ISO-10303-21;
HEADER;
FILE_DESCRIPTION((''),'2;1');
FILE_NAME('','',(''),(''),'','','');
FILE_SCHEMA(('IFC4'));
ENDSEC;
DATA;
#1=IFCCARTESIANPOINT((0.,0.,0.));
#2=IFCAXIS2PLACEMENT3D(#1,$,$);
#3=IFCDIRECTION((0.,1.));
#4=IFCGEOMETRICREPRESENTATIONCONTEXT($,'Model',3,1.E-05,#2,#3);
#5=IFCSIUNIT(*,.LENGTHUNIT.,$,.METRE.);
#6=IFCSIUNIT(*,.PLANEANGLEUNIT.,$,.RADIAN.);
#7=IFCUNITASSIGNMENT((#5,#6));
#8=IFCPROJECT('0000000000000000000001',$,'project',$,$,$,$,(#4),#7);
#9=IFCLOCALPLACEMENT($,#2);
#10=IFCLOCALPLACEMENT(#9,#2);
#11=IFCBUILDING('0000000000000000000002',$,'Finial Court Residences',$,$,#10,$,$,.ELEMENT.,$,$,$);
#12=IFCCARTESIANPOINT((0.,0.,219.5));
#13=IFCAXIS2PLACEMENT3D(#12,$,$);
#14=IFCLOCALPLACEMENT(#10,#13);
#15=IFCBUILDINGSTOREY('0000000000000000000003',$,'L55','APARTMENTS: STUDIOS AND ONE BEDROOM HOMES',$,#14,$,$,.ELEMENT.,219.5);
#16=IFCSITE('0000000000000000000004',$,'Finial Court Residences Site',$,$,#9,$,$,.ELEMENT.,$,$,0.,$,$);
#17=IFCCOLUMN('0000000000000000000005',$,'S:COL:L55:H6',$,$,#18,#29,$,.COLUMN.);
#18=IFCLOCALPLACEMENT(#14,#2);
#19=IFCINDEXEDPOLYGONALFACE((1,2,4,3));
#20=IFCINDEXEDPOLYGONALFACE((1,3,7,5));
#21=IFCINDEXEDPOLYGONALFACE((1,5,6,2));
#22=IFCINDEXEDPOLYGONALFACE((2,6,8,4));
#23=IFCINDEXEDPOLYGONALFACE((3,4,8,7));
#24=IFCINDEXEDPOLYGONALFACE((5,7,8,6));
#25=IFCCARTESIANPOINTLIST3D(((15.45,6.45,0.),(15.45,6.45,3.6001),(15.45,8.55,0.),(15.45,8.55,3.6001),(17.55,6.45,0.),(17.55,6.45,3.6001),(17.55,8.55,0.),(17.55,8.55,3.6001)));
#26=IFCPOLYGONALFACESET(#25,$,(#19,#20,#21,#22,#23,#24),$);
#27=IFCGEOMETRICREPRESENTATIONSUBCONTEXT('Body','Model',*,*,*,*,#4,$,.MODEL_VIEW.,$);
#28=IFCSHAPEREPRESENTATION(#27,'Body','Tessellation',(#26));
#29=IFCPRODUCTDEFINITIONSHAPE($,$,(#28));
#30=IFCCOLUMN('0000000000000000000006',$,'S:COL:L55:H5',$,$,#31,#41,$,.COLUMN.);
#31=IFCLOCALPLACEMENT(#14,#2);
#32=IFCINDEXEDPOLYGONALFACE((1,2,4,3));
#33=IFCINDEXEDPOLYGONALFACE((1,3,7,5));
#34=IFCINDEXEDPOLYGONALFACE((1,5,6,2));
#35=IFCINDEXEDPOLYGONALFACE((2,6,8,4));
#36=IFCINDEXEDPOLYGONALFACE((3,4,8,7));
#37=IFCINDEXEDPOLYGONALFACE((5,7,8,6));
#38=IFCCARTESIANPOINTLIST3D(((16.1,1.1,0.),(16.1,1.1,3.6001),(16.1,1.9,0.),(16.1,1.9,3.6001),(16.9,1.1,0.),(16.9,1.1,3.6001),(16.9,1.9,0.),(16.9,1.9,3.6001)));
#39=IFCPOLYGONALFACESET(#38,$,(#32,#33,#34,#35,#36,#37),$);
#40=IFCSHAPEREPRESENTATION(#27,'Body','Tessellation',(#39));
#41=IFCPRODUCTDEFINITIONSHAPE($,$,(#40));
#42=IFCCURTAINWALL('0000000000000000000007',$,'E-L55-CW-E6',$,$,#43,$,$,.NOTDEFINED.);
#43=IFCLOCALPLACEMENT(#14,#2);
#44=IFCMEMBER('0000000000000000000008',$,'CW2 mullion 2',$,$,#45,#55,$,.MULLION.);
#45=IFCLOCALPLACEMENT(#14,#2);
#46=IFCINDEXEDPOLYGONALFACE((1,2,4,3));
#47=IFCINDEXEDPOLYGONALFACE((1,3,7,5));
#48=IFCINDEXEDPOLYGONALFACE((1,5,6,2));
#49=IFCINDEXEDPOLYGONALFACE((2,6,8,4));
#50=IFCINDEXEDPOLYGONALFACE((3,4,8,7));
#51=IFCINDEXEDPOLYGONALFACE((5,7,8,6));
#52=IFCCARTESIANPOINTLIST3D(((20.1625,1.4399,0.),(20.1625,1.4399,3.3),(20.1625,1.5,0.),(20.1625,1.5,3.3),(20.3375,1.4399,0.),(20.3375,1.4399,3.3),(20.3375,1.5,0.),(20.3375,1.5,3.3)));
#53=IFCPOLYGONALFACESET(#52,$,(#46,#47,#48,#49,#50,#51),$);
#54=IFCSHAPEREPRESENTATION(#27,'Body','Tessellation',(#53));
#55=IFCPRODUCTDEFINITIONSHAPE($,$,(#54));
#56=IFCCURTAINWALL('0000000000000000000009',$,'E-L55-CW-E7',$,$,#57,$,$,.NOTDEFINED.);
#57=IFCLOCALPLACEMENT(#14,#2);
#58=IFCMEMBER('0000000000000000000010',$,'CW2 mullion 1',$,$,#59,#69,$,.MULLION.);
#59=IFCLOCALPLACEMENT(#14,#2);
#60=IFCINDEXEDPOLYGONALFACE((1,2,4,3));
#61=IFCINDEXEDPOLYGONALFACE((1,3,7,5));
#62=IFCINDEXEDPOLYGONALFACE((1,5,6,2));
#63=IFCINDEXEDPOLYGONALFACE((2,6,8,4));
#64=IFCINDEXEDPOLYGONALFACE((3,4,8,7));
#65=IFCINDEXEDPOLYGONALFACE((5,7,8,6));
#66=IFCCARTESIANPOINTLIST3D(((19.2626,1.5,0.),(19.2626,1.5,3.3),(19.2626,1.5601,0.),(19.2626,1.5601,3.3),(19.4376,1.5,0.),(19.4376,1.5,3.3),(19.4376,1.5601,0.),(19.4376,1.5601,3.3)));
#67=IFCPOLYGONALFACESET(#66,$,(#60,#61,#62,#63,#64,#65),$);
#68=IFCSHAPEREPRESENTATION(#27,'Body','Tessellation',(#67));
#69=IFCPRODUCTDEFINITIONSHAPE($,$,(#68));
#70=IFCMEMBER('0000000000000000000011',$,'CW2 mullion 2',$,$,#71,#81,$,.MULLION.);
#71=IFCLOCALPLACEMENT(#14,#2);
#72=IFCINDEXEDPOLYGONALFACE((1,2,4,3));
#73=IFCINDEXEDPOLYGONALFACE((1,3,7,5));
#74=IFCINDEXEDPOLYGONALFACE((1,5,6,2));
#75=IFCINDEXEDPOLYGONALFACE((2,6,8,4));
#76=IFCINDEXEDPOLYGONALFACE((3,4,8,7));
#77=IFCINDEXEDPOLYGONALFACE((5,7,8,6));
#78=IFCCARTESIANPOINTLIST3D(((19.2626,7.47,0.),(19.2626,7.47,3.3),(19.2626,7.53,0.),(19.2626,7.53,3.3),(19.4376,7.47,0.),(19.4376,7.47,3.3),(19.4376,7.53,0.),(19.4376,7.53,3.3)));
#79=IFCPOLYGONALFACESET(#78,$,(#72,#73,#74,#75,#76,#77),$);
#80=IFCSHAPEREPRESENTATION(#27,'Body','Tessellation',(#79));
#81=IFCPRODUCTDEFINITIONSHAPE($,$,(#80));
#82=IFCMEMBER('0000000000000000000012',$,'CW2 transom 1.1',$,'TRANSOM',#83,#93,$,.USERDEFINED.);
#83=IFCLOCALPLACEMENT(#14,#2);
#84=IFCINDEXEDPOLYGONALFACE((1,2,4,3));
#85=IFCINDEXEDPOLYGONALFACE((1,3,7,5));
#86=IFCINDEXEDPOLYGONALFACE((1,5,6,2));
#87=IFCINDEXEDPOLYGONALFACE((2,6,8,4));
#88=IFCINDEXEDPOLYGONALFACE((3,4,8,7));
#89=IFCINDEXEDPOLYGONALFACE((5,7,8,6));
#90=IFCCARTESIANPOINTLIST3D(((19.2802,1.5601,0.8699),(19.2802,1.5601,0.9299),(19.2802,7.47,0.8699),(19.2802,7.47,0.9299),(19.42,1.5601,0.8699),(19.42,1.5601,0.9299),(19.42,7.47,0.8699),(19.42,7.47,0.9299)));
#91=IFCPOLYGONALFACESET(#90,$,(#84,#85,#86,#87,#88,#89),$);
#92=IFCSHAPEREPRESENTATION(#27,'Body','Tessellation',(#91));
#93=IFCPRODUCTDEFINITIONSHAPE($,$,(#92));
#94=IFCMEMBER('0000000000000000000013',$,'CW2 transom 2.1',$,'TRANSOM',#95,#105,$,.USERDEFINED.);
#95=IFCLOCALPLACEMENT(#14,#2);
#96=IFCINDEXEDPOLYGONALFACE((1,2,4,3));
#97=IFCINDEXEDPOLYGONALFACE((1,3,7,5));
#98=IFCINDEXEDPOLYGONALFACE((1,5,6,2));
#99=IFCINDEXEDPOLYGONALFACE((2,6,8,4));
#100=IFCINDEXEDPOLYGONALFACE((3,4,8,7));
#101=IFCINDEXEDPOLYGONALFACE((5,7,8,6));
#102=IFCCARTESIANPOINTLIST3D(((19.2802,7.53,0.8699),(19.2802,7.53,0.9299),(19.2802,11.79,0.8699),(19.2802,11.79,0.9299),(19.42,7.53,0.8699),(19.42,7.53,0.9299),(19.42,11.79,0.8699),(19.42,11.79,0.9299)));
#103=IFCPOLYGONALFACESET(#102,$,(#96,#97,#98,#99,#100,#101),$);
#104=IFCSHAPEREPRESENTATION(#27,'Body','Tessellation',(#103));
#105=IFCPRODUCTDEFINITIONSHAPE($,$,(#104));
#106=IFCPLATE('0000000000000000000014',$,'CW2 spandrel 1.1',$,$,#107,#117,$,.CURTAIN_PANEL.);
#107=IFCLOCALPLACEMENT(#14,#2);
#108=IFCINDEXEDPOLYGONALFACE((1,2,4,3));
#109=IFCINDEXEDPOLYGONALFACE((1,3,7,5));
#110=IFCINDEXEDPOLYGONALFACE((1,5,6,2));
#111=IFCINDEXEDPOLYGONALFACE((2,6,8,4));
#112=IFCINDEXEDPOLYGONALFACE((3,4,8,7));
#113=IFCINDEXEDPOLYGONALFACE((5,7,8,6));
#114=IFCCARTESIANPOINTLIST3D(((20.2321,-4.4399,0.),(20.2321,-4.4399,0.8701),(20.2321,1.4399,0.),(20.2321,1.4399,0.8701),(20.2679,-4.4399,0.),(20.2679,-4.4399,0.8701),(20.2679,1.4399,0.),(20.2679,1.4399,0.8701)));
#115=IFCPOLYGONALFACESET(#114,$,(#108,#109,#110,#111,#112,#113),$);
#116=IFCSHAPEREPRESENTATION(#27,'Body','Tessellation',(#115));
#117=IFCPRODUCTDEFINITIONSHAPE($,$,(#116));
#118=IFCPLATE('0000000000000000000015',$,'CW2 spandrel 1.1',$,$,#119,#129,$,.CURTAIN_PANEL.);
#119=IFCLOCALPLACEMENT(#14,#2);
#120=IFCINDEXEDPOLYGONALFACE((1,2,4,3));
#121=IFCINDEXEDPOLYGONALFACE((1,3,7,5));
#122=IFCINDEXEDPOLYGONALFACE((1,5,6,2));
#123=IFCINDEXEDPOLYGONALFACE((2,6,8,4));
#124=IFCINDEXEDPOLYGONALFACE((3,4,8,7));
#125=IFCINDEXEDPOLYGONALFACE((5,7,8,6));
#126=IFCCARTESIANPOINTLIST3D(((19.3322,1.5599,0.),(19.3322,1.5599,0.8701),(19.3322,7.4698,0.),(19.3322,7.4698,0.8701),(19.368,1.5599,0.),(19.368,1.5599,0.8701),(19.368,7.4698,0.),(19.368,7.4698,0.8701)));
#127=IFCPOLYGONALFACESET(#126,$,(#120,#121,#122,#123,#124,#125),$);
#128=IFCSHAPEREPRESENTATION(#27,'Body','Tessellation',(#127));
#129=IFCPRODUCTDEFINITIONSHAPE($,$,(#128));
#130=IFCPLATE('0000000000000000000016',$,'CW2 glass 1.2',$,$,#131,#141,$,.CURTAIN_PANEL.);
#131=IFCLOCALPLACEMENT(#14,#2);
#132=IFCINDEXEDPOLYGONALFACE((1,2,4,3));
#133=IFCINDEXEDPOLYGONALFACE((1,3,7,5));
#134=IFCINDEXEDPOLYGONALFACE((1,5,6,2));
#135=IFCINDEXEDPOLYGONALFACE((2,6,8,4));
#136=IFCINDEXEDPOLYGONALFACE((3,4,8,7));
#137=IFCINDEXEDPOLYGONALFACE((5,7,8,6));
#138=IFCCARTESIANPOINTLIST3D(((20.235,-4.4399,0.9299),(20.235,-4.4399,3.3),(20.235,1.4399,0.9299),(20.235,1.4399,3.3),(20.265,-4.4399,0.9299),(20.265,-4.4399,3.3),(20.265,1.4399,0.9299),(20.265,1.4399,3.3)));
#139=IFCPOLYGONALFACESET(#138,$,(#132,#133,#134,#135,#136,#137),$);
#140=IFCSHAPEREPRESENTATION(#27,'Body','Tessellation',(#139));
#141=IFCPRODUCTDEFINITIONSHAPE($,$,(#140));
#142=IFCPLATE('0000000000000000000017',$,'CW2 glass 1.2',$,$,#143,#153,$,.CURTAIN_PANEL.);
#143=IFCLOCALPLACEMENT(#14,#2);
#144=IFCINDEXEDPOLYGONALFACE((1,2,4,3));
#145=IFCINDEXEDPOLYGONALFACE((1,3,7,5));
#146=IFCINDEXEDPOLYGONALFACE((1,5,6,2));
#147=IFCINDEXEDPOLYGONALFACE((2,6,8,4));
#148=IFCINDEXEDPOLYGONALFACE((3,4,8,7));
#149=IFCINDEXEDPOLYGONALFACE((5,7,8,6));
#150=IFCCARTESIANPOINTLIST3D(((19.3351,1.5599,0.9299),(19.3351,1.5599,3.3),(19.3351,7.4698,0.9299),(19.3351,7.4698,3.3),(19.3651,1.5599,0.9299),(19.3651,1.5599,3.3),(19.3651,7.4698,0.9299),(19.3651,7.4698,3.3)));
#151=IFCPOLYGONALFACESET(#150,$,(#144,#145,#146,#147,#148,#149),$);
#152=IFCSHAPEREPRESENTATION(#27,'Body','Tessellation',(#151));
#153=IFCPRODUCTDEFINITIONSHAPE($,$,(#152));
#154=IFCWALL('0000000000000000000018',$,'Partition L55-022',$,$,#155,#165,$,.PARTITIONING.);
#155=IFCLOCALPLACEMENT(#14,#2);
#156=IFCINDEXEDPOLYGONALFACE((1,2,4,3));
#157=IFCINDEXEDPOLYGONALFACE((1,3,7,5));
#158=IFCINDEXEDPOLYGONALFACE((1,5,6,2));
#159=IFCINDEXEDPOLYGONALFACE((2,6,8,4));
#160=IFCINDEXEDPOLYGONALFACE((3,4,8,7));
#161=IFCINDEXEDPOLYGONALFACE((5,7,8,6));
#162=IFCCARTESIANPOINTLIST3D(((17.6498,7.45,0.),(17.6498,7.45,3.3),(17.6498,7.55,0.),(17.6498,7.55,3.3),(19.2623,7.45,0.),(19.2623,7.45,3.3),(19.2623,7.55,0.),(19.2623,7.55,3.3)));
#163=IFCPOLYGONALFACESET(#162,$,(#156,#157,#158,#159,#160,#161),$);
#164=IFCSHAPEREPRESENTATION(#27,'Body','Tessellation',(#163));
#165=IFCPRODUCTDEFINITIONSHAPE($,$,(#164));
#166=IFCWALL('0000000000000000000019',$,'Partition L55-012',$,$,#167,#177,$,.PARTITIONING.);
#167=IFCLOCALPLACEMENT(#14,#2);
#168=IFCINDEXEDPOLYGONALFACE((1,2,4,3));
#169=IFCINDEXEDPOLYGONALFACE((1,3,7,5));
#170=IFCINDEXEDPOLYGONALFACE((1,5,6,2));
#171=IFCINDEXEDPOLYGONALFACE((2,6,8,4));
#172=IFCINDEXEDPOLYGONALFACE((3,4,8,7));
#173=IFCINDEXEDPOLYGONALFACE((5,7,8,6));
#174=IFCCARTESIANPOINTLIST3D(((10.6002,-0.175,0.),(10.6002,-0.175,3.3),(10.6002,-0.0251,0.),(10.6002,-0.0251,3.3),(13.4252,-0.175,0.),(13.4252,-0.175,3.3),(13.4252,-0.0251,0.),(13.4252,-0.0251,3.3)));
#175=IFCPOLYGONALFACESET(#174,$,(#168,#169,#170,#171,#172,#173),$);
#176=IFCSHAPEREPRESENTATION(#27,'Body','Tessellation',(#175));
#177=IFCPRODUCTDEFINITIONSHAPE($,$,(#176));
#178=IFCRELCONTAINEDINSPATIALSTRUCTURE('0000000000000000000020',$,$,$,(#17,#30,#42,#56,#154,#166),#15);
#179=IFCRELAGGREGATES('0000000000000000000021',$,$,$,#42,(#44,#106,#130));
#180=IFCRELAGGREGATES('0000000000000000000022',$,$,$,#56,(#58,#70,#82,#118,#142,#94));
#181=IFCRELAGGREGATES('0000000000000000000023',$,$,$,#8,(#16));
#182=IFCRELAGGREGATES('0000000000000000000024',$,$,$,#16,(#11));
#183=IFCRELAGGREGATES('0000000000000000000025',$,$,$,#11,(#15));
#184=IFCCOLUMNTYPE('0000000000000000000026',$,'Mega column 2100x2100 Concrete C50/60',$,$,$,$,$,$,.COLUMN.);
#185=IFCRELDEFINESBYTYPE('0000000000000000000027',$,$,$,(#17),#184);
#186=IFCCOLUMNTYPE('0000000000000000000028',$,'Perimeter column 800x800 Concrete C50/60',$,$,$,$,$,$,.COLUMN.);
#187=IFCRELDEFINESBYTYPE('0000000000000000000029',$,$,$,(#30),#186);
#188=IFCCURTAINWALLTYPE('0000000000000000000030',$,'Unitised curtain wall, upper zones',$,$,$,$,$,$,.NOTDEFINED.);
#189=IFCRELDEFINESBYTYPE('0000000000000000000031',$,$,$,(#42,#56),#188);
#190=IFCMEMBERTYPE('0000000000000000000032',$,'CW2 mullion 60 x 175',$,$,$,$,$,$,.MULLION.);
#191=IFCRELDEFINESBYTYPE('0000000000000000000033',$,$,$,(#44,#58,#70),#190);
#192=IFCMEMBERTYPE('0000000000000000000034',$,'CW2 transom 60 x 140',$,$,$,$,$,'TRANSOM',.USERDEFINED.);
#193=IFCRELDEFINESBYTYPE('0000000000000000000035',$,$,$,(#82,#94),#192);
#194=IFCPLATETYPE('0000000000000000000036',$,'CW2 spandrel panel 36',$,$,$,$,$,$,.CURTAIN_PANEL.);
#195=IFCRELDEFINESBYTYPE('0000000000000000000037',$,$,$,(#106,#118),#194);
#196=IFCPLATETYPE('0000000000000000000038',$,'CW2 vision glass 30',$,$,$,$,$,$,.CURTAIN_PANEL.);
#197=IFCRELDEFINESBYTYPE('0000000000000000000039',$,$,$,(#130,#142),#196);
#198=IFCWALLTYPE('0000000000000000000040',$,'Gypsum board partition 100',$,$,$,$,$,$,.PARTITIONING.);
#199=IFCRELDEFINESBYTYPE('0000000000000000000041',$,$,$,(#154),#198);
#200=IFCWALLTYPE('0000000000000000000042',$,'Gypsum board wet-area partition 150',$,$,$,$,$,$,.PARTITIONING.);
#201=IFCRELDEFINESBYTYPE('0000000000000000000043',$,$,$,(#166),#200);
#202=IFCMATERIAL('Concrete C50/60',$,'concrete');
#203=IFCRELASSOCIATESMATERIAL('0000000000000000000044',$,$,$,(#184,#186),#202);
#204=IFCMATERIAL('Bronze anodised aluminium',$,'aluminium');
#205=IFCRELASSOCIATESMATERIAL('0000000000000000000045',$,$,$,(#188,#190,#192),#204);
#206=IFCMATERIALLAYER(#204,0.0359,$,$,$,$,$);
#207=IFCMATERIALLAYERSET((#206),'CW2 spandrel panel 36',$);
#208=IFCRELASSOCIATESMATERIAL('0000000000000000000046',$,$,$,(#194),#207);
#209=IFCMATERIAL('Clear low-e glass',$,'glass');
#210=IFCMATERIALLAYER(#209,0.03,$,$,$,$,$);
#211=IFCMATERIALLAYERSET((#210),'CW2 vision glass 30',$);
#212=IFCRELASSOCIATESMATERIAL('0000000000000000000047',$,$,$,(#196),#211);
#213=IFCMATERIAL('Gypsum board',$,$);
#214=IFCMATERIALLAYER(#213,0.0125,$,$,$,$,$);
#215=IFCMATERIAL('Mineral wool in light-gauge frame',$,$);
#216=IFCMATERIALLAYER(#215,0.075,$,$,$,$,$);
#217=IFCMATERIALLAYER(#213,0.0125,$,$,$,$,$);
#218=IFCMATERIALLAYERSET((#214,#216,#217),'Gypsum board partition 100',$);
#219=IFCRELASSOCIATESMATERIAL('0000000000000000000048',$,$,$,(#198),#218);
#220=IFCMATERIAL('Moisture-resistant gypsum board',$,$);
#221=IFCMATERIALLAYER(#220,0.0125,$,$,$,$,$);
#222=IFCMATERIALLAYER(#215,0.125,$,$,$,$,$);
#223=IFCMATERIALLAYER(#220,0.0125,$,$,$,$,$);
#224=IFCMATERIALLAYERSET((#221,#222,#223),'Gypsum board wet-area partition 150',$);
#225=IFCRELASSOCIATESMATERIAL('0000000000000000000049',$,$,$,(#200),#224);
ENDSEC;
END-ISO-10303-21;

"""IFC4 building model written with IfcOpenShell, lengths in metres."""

from ifc_helpers import new_model, si_unit, direction, frame, frame_2d, origin, origin_2d, place, context, subcontext, project, spatial, rectangle, extrude, material, layer, layer_set, material_profile, profile_set, type_object, element, aggregate, save


model = new_model("IFC4")

# Units and contexts
model_context = context("Model", 3, precision=1e-05, world=origin(), true_north=direction((0.0, 1.0)))
body_context = subcontext(model_context, "Body", "Model", "MODEL_VIEW")
ifc_project = project(units=[si_unit("LENGTHUNIT", "METRE"), si_unit("PLANEANGLEUNIT", "RADIAN")], contexts=[model_context])

# Site, building, storey
site_placement = place(None, origin())
site = spatial("IfcSite", under=ifc_project, at=site_placement, Name="Finial Court Residences Site", CompositionType="ELEMENT", RefElevation=0.0)
building_placement = place(site_placement, origin())
building = spatial("IfcBuilding", under=site, at=building_placement, Name="Finial Court Residences", CompositionType="ELEMENT")
storey_placement = place(building_placement, frame((0.0, 0.0, 219.5)))
storey = spatial("IfcBuildingStorey", under=building, at=storey_placement, Name="L55", Description="APARTMENTS: STUDIOS AND ONE BEDROOM HOMES", CompositionType="ELEMENT", Elevation=219.5)

# Columns
ifc_material_1 = material(Name="Concrete C50/60", Category="concrete")
ifc_material_profile_1 = material_profile(ifc_material_1, rectangle(XDim=2.1001, YDim=2.1001, at=origin_2d()), Name="2100x2100")
ifc_profile_set_1 = profile_set([ifc_material_profile_1], Name="Concrete C50/60")
column_type_1 = type_object("IfcColumnType", Name="Mega column 2100x2100 Concrete C50/60", PredefinedType="COLUMN", material=ifc_profile_set_1)
column_1_placement = place(storey_placement, frame((16.5, 7.5, 0.0), z_axis=(0.0, 0.0, 1.0), x_axis=(1.0, 0.0, 0.0)))
element("IfcColumn", 1, at=column_1_placement, inside=storey, type_object=column_type_1, Name="S:COL:L55:H6", PredefinedType="COLUMN", context=body_context, shape_type="SweptSolid", body=[
    extrude(rectangle(XDim=2.1001, YDim=2.1001, at=origin_2d()), origin(), (0.0, 0.0, 1.0), 3.6001),
])
ifc_material_profile_2 = material_profile(ifc_material_1, rectangle(XDim=0.8, YDim=0.8, at=origin_2d()), Name="800x800")
ifc_profile_set_2 = profile_set([ifc_material_profile_2], Name="Concrete C50/60")
column_type_2 = type_object("IfcColumnType", Name="Perimeter column 800x800 Concrete C50/60", PredefinedType="COLUMN", material=ifc_profile_set_2)
column_2_placement = place(storey_placement, frame((16.5, 1.5, 0.0), z_axis=(0.0, 0.0, 1.0), x_axis=(1.0, 0.0, 0.0)))
element("IfcColumn", 2, at=column_2_placement, inside=storey, type_object=column_type_2, Name="S:COL:L55:H5", PredefinedType="COLUMN", context=body_context, shape_type="SweptSolid", body=[
    extrude(rectangle(XDim=0.8, YDim=0.8, at=origin_2d()), origin(), (0.0, 0.0, 1.0), 3.6001),
])

# Curtain wall, member
ifc_material_2 = material(Name="Bronze anodised aluminium", Category="aluminium")
curtain_wall_type = type_object("IfcCurtainWallType", Name="Unitised curtain wall, upper zones", PredefinedType="NOTDEFINED", material=ifc_material_2)
curtain_wall_1_placement = place(storey_placement, origin())
curtain_wall_1 = element("IfcCurtainWall", 3, at=curtain_wall_1_placement, inside=storey, type_object=curtain_wall_type, Name="E-L55-CW-E6", PredefinedType="NOTDEFINED")
ifc_material_profile_3 = material_profile(ifc_material_2, rectangle(XDim=0.175, YDim=0.0601, at=origin_2d()), Name="CW2 mullion 60 x 175")
ifc_profile_set_3 = profile_set([ifc_material_profile_3], Name="Bronze anodised aluminium")
member_type_1 = type_object("IfcMemberType", Name="CW2 mullion 60 x 175", PredefinedType="MULLION", material=ifc_profile_set_3)
member_1_placement = place(storey_placement, frame((20.25, 1.47, 0.0), z_axis=(0.0, 0.0, 1.0), x_axis=(-1.0, 0.0, 0.0)))
member_1 = element("IfcMember", 4, at=member_1_placement, type_object=member_type_1, Name="CW2 mullion 2", PredefinedType="MULLION", context=body_context, shape_type="SweptSolid", body=[
    extrude(rectangle(XDim=0.175, YDim=0.0601, at=origin_2d()), origin(), (0.0, 0.0, 1.0), 3.3),
])

# Curtain wall, members
curtain_wall_2_placement = place(storey_placement, origin())
curtain_wall_2 = element("IfcCurtainWall", 5, at=curtain_wall_2_placement, inside=storey, type_object=curtain_wall_type, Name="E-L55-CW-E7", PredefinedType="NOTDEFINED")
member_2_placement = place(storey_placement, frame((19.3501, 1.53, 0.0), z_axis=(0.0, 0.0, 1.0), x_axis=(-1.0, 0.0, 0.0)))
member_2 = element("IfcMember", 6, at=member_2_placement, type_object=member_type_1, Name="CW2 mullion 1", PredefinedType="MULLION", context=body_context, shape_type="SweptSolid", body=[
    extrude(rectangle(XDim=0.175, YDim=0.0601, at=origin_2d()), origin(), (0.0, 0.0, 1.0), 3.3),
])
member_3_placement = place(storey_placement, frame((19.3501, 7.5, 0.0), z_axis=(0.0, 0.0, 1.0), x_axis=(-1.0, 0.0, 0.0)))
member_3 = element("IfcMember", 7, at=member_3_placement, type_object=member_type_1, Name="CW2 mullion 2", PredefinedType="MULLION", context=body_context, shape_type="SweptSolid", body=[
    extrude(rectangle(XDim=0.175, YDim=0.0601, at=origin_2d()), origin(), (0.0, 0.0, 1.0), 3.3),
])
ifc_material_profile_4 = material_profile(ifc_material_2, rectangle(XDim=0.1399, YDim=0.0601, at=origin_2d()), Name="CW2 transom 60 x 140")
ifc_profile_set_4 = profile_set([ifc_material_profile_4], Name="Bronze anodised aluminium")
member_type_2 = type_object("IfcMemberType", Name="CW2 transom 60 x 140", ElementType="TRANSOM", PredefinedType="USERDEFINED", material=ifc_profile_set_4)
member_4_placement = place(storey_placement, frame((19.3501, 1.5601, 0.8999), z_axis=(0.0, 1.0, 0.0), x_axis=(-1.0, 0.0, 0.0)))
member_4 = element("IfcMember", 8, at=member_4_placement, type_object=member_type_2, Name="CW2 transom 1.1", ObjectType="TRANSOM", PredefinedType="USERDEFINED", context=body_context, shape_type="SweptSolid", body=[
    extrude(rectangle(XDim=0.1399, YDim=0.0601, at=origin_2d()), origin(), (0.0, 0.0, 1.0), 5.9099),
])
member_5_placement = place(storey_placement, frame((19.3501, 7.53, 0.8999), z_axis=(0.0, 1.0, 0.0), x_axis=(-1.0, 0.0, 0.0)))
member_5 = element("IfcMember", 9, at=member_5_placement, type_object=member_type_2, Name="CW2 transom 2.1", ObjectType="TRANSOM", PredefinedType="USERDEFINED", context=body_context, shape_type="SweptSolid", body=[
    extrude(rectangle(XDim=0.1399, YDim=0.0601, at=origin_2d()), origin(), (0.0, 0.0, 1.0), 4.26),
])

# Plates
ifc_layer_1 = layer(ifc_material_2, 0.0359)
ifc_layer_set_1 = layer_set([ifc_layer_1], Name="CW2 spandrel panel 36")
plate_type_1 = type_object("IfcPlateType", Name="CW2 spandrel panel 36", PredefinedType="CURTAIN_PANEL", material=ifc_layer_set_1)
plate_1_placement = place(storey_placement, frame((20.25, -1.5, 0.0), z_axis=(0.0, 0.0, 1.0), x_axis=(0.0, 1.0, 0.0)))
plate_1 = element("IfcPlate", 10, at=plate_1_placement, type_object=plate_type_1, Name="CW2 spandrel 1.1", PredefinedType="CURTAIN_PANEL", context=body_context, shape_type="SweptSolid", body=[
    extrude(rectangle(XDim=5.8799, YDim=0.0359, at=origin_2d()), origin(), (0.0, 0.0, 1.0), 0.8701),
])
plate_2_placement = place(storey_placement, frame((19.3501, 4.5149, 0.0), z_axis=(0.0, 0.0, 1.0), x_axis=(0.0, 1.0, 0.0)))
plate_2 = element("IfcPlate", 11, at=plate_2_placement, type_object=plate_type_1, Name="CW2 spandrel 1.1", PredefinedType="CURTAIN_PANEL", context=body_context, shape_type="SweptSolid", body=[
    extrude(rectangle(XDim=5.9099, YDim=0.0359, at=origin_2d()), origin(), (0.0, 0.0, 1.0), 0.8701),
])
ifc_material_3 = material(Name="Clear low-e glass", Category="glass")
ifc_layer_2 = layer(ifc_material_3, 0.03)
ifc_layer_set_2 = layer_set([ifc_layer_2], Name="CW2 vision glass 30")
plate_type_2 = type_object("IfcPlateType", Name="CW2 vision glass 30", PredefinedType="CURTAIN_PANEL", material=ifc_layer_set_2)
plate_3_placement = place(storey_placement, frame((20.25, -1.5, 0.9299), z_axis=(0.0, 0.0, 1.0), x_axis=(0.0, 1.0, 0.0)))
plate_3 = element("IfcPlate", 12, at=plate_3_placement, type_object=plate_type_2, Name="CW2 glass 1.2", PredefinedType="CURTAIN_PANEL", context=body_context, shape_type="SweptSolid", body=[
    extrude(rectangle(XDim=5.8799, YDim=0.03, at=origin_2d()), origin(), (0.0, 0.0, 1.0), 2.3701),
])
aggregate(curtain_wall_1, [member_1, plate_1, plate_3])
plate_4_placement = place(storey_placement, frame((19.3501, 4.5149, 0.9299), z_axis=(0.0, 0.0, 1.0), x_axis=(0.0, 1.0, 0.0)))
plate_4 = element("IfcPlate", 13, at=plate_4_placement, type_object=plate_type_2, Name="CW2 glass 1.2", PredefinedType="CURTAIN_PANEL", context=body_context, shape_type="SweptSolid", body=[
    extrude(rectangle(XDim=5.9099, YDim=0.03, at=origin_2d()), origin(), (0.0, 0.0, 1.0), 2.3701),
])
aggregate(curtain_wall_2, [member_2, member_3, member_4, plate_2, plate_4, member_5])

# Walls
ifc_material_4 = material(Name="Gypsum board")
ifc_layer_3 = layer(ifc_material_4, 0.0125)
ifc_material_5 = material(Name="Mineral wool in light-gauge frame")
ifc_layer_4 = layer(ifc_material_5, 0.075)
ifc_layer_5 = layer(ifc_material_4, 0.0125)
ifc_layer_set_3 = layer_set([ifc_layer_3, ifc_layer_4, ifc_layer_5], Name="Gypsum board partition 100")
wall_type_1 = type_object("IfcWallType", Name="Gypsum board partition 100", PredefinedType="PARTITIONING", material=ifc_layer_set_3)
wall_1_placement = place(storey_placement, frame((17.6499, 7.5, 0.0), z_axis=(0.0, 0.0, 1.0), x_axis=(1.0, 0.0, 0.0)))
element("IfcWall", 14, at=wall_1_placement, inside=storey, type_object=wall_type_1, Name="Partition L55-022", PredefinedType="PARTITIONING", context=body_context, shape_type="SweptSolid", body=[
    extrude(rectangle(XDim=1.6125, YDim=0.1001, at=frame_2d((0.8062, 0.0))), origin(), (0.0, 0.0, 1.0), 3.3),
])
ifc_material_6 = material(Name="Moisture-resistant gypsum board")
ifc_layer_6 = layer(ifc_material_6, 0.0125)
ifc_layer_7 = layer(ifc_material_5, 0.125)
ifc_layer_8 = layer(ifc_material_6, 0.0125)
ifc_layer_set_4 = layer_set([ifc_layer_6, ifc_layer_7, ifc_layer_8], Name="Gypsum board wet-area partition 150")
wall_type_2 = type_object("IfcWallType", Name="Gypsum board wet-area partition 150", PredefinedType="PARTITIONING", material=ifc_layer_set_4)
wall_2_placement = place(storey_placement, frame((10.6001, -0.1001, 0.0), z_axis=(0.0, 0.0, 1.0), x_axis=(1.0, 0.0, 0.0)))
element("IfcWall", 15, at=wall_2_placement, inside=storey, type_object=wall_type_2, Name="Partition L55-012", PredefinedType="PARTITIONING", context=body_context, shape_type="SweptSolid", body=[
    extrude(rectangle(XDim=2.825, YDim=0.1499, at=frame_2d((1.4126, 0.0))), origin(), (0.0, 0.0, 1.0), 3.3),
])

save(model, "model.ifc")
